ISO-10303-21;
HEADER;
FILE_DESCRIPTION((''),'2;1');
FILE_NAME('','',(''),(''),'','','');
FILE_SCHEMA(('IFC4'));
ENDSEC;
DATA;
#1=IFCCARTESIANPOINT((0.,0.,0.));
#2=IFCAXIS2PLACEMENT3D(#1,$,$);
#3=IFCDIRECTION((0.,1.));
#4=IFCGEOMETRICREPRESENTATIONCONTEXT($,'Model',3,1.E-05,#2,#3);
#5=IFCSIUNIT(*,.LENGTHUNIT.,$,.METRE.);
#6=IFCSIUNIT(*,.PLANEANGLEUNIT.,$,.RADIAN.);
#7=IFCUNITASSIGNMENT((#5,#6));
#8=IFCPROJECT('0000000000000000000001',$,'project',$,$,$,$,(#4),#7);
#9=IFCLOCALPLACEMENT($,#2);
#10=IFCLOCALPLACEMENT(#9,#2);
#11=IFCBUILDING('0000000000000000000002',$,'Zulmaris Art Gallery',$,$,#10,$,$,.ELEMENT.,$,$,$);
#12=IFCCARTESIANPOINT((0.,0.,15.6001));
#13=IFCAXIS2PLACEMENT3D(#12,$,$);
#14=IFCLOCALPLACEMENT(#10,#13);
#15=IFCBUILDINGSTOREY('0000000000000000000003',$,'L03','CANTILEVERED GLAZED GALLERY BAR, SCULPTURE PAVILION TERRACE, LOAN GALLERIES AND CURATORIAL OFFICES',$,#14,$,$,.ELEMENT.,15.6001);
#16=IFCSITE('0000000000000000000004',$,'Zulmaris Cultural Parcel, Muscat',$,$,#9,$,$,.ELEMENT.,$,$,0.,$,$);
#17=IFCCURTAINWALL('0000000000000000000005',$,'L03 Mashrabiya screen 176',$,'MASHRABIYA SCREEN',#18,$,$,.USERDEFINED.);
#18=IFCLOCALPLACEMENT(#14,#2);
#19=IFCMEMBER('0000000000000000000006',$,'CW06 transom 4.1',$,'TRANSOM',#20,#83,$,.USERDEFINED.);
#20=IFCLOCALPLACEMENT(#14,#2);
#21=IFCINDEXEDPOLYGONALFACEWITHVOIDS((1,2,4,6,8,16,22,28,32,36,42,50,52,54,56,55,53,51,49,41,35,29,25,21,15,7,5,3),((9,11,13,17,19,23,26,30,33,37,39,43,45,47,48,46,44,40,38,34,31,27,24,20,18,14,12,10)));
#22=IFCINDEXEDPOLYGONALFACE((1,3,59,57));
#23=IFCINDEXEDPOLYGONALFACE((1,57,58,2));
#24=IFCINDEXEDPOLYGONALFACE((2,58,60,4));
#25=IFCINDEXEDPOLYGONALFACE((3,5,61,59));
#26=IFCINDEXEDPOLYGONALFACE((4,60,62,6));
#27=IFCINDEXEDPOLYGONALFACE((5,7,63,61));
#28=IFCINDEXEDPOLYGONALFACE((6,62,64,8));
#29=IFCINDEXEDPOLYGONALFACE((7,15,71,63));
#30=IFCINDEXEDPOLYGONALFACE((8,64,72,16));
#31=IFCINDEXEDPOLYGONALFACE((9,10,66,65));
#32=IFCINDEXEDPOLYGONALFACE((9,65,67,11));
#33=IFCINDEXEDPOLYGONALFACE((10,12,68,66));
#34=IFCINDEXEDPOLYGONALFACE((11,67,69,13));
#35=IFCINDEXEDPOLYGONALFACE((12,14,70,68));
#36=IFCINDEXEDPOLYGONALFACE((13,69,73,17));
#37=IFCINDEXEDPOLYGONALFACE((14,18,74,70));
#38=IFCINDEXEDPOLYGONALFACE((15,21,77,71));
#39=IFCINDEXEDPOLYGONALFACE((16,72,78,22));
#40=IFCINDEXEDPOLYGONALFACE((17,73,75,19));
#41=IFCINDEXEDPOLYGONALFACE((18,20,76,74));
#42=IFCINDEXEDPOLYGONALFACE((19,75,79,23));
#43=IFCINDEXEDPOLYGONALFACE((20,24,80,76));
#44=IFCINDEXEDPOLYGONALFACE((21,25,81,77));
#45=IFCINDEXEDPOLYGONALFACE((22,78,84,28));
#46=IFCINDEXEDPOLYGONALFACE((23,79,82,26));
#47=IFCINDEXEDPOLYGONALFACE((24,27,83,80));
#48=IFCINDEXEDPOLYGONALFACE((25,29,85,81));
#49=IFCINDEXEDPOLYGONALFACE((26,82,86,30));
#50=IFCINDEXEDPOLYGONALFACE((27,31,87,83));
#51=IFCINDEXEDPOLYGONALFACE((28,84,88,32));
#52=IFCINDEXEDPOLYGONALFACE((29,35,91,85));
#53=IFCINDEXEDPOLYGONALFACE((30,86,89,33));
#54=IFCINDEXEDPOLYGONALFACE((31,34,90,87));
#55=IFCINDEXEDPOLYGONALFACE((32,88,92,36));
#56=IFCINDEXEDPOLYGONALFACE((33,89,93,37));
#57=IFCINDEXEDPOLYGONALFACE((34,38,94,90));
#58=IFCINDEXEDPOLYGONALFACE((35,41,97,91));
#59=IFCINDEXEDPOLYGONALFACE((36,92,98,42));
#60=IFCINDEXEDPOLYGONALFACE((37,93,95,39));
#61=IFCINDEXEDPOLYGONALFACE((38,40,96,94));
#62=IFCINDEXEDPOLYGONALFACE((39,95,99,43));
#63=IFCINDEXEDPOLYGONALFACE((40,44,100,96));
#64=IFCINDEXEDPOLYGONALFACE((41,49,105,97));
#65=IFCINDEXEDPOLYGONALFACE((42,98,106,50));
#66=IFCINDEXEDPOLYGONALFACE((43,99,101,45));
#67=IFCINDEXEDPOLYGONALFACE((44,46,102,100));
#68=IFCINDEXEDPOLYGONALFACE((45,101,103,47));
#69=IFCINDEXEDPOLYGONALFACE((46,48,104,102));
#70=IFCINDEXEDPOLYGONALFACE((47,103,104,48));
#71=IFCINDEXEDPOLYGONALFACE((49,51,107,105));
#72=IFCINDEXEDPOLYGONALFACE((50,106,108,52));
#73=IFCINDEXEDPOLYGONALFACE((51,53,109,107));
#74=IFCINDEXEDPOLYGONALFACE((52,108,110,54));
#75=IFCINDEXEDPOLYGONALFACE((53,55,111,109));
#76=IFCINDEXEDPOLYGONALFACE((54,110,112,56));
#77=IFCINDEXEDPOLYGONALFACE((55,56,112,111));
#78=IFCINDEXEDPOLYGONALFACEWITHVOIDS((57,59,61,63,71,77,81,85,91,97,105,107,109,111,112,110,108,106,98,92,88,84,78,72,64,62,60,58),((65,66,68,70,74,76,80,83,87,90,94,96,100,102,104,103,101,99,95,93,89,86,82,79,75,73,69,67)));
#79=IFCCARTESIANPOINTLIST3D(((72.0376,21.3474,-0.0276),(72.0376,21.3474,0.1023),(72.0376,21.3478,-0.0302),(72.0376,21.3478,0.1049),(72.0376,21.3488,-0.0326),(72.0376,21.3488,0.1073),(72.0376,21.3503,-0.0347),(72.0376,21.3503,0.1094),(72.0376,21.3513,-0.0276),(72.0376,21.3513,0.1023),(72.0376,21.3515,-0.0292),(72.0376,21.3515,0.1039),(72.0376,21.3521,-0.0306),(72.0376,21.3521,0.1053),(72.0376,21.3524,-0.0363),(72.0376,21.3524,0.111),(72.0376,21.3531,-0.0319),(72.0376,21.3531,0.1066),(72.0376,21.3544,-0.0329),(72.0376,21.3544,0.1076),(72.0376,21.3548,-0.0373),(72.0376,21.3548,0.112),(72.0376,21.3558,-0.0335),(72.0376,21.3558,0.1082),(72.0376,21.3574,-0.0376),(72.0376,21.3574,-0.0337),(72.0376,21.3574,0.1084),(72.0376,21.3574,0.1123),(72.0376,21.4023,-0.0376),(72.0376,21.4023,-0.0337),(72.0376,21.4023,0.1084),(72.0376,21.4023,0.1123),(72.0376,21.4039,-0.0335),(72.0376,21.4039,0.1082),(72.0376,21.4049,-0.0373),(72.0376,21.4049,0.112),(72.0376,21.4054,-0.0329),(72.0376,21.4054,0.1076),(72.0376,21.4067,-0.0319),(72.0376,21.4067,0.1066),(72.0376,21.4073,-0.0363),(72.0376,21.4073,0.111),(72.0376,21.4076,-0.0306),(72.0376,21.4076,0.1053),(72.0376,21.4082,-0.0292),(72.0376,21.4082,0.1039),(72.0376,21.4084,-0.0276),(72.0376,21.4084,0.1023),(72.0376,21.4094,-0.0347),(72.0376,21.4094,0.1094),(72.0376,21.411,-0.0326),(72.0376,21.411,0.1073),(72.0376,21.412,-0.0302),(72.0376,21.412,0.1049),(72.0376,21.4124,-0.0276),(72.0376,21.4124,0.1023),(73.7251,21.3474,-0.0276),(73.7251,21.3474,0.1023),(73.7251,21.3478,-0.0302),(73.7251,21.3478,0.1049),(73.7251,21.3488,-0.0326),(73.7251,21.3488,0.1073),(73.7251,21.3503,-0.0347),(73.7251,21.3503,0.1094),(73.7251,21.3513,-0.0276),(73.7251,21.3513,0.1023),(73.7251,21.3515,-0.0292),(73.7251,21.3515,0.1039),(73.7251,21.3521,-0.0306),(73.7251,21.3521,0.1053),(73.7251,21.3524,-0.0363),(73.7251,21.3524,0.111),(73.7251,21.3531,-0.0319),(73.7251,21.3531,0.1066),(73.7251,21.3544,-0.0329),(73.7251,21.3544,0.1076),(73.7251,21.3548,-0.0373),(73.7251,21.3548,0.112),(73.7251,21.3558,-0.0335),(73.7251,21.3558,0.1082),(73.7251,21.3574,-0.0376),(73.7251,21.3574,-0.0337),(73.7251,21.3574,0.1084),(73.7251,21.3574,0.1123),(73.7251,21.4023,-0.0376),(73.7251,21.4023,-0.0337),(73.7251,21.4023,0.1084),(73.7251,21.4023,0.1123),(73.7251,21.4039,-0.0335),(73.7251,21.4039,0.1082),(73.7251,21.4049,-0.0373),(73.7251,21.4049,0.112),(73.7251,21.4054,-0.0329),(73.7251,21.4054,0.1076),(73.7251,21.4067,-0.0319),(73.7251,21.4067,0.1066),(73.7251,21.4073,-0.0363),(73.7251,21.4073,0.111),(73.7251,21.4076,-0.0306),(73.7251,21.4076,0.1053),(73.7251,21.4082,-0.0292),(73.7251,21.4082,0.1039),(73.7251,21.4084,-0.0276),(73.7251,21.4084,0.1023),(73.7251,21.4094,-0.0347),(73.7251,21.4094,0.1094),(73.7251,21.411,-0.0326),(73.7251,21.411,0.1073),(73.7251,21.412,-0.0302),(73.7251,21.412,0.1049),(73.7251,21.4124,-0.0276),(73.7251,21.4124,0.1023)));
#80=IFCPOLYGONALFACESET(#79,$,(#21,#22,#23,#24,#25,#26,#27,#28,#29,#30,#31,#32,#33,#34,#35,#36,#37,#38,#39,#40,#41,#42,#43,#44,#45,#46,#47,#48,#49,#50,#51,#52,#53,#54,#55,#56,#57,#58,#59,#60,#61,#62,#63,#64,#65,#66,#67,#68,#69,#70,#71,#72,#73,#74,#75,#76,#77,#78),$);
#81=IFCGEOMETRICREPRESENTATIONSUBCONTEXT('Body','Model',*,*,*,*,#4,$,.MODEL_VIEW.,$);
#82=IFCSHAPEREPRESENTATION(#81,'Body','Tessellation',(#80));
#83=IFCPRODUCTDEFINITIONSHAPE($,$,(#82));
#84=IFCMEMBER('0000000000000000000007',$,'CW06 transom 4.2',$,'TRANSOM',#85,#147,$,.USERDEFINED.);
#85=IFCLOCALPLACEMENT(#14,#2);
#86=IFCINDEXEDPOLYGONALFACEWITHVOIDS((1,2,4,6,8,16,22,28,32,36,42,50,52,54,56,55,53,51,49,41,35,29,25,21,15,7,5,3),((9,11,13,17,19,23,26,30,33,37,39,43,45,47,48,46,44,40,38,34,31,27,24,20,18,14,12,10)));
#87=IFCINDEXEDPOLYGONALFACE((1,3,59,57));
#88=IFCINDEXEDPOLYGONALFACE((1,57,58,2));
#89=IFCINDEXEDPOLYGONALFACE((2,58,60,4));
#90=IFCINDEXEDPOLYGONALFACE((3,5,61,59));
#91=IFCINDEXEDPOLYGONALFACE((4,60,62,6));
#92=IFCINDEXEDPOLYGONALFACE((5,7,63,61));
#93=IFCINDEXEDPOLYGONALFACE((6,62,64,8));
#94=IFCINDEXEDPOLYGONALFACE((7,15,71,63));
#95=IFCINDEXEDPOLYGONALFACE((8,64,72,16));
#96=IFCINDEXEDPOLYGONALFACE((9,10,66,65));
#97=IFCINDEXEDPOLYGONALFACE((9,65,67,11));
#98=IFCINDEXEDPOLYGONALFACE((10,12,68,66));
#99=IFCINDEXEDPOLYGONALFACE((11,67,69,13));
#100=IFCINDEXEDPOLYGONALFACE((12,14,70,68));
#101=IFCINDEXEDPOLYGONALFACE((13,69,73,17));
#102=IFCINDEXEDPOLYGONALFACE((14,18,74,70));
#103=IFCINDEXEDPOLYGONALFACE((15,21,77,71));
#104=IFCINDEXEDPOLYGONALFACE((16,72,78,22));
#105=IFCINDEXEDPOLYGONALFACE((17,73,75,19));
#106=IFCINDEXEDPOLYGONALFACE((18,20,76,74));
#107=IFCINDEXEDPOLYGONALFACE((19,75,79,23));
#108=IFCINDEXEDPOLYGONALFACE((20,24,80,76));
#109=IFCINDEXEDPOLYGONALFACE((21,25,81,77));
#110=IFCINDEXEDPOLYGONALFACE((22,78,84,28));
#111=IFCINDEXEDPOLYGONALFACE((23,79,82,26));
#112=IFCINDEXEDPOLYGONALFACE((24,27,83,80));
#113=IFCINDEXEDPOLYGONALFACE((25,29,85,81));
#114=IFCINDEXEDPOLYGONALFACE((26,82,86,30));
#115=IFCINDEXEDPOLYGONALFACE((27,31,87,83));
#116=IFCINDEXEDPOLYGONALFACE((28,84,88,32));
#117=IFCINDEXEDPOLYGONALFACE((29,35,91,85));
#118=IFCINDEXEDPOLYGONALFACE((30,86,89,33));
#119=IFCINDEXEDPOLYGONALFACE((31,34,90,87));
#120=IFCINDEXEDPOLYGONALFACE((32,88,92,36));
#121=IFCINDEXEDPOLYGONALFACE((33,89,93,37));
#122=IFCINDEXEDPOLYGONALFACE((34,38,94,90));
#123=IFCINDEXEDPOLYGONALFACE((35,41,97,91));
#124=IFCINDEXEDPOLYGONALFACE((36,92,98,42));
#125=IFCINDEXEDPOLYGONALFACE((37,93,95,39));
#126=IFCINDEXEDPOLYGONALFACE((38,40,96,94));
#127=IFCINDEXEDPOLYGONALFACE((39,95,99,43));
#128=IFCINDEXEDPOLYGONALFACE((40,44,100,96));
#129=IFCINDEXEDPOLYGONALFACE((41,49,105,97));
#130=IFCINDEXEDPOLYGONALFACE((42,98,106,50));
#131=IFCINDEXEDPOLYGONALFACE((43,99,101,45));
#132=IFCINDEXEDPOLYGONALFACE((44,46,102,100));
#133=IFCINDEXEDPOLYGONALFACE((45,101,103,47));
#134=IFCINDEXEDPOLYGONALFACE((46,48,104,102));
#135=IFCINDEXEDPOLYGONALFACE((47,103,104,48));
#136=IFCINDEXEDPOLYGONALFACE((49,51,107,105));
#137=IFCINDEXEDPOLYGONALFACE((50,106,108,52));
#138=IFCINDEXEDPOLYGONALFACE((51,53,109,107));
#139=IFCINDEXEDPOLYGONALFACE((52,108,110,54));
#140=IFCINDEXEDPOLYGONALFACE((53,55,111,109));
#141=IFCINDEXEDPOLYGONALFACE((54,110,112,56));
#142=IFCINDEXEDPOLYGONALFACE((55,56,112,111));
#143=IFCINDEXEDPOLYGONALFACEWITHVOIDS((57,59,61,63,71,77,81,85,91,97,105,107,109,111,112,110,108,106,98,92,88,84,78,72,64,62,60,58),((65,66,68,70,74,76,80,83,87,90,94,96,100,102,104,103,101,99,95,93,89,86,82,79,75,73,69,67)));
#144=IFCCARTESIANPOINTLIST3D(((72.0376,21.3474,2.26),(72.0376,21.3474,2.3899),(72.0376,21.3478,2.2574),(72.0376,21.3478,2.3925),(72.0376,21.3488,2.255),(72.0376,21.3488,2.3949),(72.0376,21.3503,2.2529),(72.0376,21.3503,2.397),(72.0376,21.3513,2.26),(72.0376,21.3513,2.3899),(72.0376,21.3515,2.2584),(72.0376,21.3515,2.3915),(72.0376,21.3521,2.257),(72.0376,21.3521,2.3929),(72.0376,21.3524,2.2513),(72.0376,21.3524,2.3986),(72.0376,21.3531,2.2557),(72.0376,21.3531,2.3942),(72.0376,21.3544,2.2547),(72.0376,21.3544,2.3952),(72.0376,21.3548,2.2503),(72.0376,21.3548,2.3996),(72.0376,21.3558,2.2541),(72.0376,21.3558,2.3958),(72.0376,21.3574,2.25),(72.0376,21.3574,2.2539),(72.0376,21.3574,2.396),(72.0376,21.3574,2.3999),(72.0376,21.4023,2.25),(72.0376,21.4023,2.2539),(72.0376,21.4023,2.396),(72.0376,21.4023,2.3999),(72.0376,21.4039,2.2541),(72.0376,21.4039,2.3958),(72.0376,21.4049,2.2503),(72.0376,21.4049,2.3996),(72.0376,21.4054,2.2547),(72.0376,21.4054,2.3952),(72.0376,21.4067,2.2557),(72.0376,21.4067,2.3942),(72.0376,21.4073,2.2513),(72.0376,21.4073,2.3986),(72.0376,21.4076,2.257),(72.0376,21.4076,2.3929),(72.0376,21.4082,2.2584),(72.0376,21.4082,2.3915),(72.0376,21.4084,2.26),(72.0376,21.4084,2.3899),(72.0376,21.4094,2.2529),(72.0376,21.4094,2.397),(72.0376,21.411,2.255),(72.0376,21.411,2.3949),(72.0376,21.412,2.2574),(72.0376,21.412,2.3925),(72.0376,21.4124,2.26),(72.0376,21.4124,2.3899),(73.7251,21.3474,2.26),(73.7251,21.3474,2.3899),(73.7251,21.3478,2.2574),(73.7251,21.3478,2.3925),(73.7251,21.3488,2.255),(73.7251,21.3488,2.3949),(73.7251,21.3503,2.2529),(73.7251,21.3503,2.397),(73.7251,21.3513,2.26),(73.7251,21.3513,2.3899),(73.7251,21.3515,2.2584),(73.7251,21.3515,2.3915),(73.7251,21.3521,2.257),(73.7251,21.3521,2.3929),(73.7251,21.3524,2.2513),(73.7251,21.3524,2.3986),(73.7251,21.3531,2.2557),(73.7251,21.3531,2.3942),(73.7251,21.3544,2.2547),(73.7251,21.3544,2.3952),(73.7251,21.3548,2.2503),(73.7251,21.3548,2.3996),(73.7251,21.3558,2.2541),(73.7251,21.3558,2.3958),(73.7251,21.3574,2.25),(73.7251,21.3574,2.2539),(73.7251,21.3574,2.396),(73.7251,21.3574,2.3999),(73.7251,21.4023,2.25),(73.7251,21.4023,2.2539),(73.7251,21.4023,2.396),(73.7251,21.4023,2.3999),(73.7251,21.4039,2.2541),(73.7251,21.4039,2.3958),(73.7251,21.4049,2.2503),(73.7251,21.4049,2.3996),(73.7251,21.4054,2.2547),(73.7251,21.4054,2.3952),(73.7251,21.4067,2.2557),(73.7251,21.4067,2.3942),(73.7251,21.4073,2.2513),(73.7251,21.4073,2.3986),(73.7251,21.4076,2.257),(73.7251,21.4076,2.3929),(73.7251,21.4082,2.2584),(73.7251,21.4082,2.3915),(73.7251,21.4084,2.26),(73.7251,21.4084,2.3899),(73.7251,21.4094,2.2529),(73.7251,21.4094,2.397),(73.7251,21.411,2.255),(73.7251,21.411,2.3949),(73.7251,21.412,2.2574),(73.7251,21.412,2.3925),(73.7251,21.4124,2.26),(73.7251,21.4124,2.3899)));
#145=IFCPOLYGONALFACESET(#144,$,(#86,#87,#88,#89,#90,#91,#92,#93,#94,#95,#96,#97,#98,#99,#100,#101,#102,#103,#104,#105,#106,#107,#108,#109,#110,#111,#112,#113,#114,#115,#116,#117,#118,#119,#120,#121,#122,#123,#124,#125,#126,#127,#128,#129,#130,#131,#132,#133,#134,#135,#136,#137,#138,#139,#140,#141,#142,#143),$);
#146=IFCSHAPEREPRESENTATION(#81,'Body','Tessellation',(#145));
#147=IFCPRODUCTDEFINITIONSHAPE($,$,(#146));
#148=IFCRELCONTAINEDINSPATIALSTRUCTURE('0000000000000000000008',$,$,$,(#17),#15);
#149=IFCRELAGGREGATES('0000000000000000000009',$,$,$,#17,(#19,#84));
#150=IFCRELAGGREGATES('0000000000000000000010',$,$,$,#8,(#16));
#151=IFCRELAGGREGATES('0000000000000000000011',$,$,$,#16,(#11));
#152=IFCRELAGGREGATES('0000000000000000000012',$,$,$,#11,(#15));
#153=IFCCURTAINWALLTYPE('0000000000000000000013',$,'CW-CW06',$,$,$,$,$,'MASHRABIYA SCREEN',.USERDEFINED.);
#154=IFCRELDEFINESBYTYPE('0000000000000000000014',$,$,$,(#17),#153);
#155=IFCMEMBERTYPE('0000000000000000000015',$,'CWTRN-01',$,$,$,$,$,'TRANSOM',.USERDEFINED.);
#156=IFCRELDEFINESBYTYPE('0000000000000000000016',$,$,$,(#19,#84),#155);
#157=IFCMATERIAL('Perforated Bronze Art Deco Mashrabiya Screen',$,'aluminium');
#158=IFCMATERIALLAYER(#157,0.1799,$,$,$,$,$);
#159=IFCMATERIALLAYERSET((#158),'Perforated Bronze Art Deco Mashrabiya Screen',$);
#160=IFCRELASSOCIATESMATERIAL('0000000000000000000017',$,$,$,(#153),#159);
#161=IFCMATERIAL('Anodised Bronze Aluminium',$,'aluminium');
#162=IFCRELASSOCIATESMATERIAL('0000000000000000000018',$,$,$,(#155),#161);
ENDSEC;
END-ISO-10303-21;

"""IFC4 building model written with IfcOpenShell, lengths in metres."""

from ifc_helpers import new_model, si_unit, direction, frame, origin, origin_2d, place, context, subcontext, project, spatial, hollow_rectangle, extrude, material, layer, layer_set, material_profile, profile_set, type_object, element, aggregate, save


model = new_model("IFC4")

# Units and contexts
model_context = context("Model", 3, precision=1e-05, world=origin(), true_north=direction((0.0, 1.0)))
body_context = subcontext(model_context, "Body", "Model", "MODEL_VIEW")
ifc_project = project(units=[si_unit("LENGTHUNIT", "METRE"), si_unit("PLANEANGLEUNIT", "RADIAN")], contexts=[model_context])

# Site, building, storey
site_placement = place(None, origin())
site = spatial("IfcSite", under=ifc_project, at=site_placement, Name="Zulmaris Cultural Parcel, Muscat", CompositionType="ELEMENT", RefElevation=0.0)
building_placement = place(site_placement, origin())
building = spatial("IfcBuilding", under=site, at=building_placement, Name="Zulmaris Art Gallery", CompositionType="ELEMENT")
storey_placement = place(building_placement, frame((0.0, 0.0, 15.6001)))
storey = spatial("IfcBuildingStorey", under=building, at=storey_placement, Name="L03", Description="CANTILEVERED GLAZED GALLERY BAR, SCULPTURE PAVILION TERRACE, LOAN GALLERIES AND CURATORIAL OFFICES", CompositionType="ELEMENT", Elevation=15.6001)

# Shared definitions
ifc_material_1 = material(Name="Anodised Bronze Aluminium", Category="aluminium")
ifc_material_2 = material(Name="Perforated Bronze Art Deco Mashrabiya Screen", Category="aluminium")
ifc_layer_1 = layer(ifc_material_2, 0.1799)
ifc_layer_set_1 = layer_set([ifc_layer_1], Name="Perforated Bronze Art Deco Mashrabiya Screen")
curtain_wall_type_1 = type_object("IfcCurtainWallType", Name="CW-CW06", ElementType="MASHRABIYA SCREEN", PredefinedType="USERDEFINED", material=ifc_layer_set_1)

# Curtain wall, members
curtain_wall_1_placement = place(storey_placement, origin())
curtain_wall_1 = element("IfcCurtainWall", 1, at=curtain_wall_1_placement, inside=storey, type_object=curtain_wall_type_1, Name="L03 Mashrabiya screen 176", ObjectType="MASHRABIYA SCREEN", PredefinedType="USERDEFINED")
ifc_material_profile_1 = material_profile(ifc_material_1, hollow_rectangle(XDim=0.0649, YDim=0.1499, WallThickness=0.0039, InnerFilletRadius=0.0061, OuterFilletRadius=0.01, at=origin_2d()), Name="ALU 65x150x4")
ifc_profile_set_1 = profile_set([ifc_material_profile_1], Name="Anodised Bronze Aluminium")
member_type_1 = type_object("IfcMemberType", Name="CWTRN-01", ElementType="TRANSOM", PredefinedType="USERDEFINED", material=ifc_profile_set_1)
member_1_placement = place(storey_placement, frame((72.0376, 21.3799, 0.0374), z_axis=(1.0, 0.0, 0.0), x_axis=(0.0, 1.0, 0.0)))
member_1 = element("IfcMember", 2, at=member_1_placement, type_object=member_type_1, Name="CW06 transom 4.1", ObjectType="TRANSOM", PredefinedType="USERDEFINED", context=body_context, shape_type="SweptSolid", body=[
    extrude(hollow_rectangle(XDim=0.0649, YDim=0.1499, WallThickness=0.0039, InnerFilletRadius=0.0061, OuterFilletRadius=0.01, at=origin_2d()), origin(), (0.0, 0.0, 1.0), 1.6875),
])
member_2_placement = place(storey_placement, frame((72.0376, 21.3799, 2.325), z_axis=(1.0, 0.0, 0.0), x_axis=(0.0, 1.0, 0.0)))
member_2 = element("IfcMember", 3, at=member_2_placement, type_object=member_type_1, Name="CW06 transom 4.2", ObjectType="TRANSOM", PredefinedType="USERDEFINED", context=body_context, shape_type="SweptSolid", body=[
    extrude(hollow_rectangle(XDim=0.0649, YDim=0.1499, WallThickness=0.0039, InnerFilletRadius=0.0061, OuterFilletRadius=0.01, at=origin_2d()), origin(), (0.0, 0.0, 1.0), 1.6875),
])
aggregate(curtain_wall_1, [member_1, member_2])

save(model, "model.ifc")
